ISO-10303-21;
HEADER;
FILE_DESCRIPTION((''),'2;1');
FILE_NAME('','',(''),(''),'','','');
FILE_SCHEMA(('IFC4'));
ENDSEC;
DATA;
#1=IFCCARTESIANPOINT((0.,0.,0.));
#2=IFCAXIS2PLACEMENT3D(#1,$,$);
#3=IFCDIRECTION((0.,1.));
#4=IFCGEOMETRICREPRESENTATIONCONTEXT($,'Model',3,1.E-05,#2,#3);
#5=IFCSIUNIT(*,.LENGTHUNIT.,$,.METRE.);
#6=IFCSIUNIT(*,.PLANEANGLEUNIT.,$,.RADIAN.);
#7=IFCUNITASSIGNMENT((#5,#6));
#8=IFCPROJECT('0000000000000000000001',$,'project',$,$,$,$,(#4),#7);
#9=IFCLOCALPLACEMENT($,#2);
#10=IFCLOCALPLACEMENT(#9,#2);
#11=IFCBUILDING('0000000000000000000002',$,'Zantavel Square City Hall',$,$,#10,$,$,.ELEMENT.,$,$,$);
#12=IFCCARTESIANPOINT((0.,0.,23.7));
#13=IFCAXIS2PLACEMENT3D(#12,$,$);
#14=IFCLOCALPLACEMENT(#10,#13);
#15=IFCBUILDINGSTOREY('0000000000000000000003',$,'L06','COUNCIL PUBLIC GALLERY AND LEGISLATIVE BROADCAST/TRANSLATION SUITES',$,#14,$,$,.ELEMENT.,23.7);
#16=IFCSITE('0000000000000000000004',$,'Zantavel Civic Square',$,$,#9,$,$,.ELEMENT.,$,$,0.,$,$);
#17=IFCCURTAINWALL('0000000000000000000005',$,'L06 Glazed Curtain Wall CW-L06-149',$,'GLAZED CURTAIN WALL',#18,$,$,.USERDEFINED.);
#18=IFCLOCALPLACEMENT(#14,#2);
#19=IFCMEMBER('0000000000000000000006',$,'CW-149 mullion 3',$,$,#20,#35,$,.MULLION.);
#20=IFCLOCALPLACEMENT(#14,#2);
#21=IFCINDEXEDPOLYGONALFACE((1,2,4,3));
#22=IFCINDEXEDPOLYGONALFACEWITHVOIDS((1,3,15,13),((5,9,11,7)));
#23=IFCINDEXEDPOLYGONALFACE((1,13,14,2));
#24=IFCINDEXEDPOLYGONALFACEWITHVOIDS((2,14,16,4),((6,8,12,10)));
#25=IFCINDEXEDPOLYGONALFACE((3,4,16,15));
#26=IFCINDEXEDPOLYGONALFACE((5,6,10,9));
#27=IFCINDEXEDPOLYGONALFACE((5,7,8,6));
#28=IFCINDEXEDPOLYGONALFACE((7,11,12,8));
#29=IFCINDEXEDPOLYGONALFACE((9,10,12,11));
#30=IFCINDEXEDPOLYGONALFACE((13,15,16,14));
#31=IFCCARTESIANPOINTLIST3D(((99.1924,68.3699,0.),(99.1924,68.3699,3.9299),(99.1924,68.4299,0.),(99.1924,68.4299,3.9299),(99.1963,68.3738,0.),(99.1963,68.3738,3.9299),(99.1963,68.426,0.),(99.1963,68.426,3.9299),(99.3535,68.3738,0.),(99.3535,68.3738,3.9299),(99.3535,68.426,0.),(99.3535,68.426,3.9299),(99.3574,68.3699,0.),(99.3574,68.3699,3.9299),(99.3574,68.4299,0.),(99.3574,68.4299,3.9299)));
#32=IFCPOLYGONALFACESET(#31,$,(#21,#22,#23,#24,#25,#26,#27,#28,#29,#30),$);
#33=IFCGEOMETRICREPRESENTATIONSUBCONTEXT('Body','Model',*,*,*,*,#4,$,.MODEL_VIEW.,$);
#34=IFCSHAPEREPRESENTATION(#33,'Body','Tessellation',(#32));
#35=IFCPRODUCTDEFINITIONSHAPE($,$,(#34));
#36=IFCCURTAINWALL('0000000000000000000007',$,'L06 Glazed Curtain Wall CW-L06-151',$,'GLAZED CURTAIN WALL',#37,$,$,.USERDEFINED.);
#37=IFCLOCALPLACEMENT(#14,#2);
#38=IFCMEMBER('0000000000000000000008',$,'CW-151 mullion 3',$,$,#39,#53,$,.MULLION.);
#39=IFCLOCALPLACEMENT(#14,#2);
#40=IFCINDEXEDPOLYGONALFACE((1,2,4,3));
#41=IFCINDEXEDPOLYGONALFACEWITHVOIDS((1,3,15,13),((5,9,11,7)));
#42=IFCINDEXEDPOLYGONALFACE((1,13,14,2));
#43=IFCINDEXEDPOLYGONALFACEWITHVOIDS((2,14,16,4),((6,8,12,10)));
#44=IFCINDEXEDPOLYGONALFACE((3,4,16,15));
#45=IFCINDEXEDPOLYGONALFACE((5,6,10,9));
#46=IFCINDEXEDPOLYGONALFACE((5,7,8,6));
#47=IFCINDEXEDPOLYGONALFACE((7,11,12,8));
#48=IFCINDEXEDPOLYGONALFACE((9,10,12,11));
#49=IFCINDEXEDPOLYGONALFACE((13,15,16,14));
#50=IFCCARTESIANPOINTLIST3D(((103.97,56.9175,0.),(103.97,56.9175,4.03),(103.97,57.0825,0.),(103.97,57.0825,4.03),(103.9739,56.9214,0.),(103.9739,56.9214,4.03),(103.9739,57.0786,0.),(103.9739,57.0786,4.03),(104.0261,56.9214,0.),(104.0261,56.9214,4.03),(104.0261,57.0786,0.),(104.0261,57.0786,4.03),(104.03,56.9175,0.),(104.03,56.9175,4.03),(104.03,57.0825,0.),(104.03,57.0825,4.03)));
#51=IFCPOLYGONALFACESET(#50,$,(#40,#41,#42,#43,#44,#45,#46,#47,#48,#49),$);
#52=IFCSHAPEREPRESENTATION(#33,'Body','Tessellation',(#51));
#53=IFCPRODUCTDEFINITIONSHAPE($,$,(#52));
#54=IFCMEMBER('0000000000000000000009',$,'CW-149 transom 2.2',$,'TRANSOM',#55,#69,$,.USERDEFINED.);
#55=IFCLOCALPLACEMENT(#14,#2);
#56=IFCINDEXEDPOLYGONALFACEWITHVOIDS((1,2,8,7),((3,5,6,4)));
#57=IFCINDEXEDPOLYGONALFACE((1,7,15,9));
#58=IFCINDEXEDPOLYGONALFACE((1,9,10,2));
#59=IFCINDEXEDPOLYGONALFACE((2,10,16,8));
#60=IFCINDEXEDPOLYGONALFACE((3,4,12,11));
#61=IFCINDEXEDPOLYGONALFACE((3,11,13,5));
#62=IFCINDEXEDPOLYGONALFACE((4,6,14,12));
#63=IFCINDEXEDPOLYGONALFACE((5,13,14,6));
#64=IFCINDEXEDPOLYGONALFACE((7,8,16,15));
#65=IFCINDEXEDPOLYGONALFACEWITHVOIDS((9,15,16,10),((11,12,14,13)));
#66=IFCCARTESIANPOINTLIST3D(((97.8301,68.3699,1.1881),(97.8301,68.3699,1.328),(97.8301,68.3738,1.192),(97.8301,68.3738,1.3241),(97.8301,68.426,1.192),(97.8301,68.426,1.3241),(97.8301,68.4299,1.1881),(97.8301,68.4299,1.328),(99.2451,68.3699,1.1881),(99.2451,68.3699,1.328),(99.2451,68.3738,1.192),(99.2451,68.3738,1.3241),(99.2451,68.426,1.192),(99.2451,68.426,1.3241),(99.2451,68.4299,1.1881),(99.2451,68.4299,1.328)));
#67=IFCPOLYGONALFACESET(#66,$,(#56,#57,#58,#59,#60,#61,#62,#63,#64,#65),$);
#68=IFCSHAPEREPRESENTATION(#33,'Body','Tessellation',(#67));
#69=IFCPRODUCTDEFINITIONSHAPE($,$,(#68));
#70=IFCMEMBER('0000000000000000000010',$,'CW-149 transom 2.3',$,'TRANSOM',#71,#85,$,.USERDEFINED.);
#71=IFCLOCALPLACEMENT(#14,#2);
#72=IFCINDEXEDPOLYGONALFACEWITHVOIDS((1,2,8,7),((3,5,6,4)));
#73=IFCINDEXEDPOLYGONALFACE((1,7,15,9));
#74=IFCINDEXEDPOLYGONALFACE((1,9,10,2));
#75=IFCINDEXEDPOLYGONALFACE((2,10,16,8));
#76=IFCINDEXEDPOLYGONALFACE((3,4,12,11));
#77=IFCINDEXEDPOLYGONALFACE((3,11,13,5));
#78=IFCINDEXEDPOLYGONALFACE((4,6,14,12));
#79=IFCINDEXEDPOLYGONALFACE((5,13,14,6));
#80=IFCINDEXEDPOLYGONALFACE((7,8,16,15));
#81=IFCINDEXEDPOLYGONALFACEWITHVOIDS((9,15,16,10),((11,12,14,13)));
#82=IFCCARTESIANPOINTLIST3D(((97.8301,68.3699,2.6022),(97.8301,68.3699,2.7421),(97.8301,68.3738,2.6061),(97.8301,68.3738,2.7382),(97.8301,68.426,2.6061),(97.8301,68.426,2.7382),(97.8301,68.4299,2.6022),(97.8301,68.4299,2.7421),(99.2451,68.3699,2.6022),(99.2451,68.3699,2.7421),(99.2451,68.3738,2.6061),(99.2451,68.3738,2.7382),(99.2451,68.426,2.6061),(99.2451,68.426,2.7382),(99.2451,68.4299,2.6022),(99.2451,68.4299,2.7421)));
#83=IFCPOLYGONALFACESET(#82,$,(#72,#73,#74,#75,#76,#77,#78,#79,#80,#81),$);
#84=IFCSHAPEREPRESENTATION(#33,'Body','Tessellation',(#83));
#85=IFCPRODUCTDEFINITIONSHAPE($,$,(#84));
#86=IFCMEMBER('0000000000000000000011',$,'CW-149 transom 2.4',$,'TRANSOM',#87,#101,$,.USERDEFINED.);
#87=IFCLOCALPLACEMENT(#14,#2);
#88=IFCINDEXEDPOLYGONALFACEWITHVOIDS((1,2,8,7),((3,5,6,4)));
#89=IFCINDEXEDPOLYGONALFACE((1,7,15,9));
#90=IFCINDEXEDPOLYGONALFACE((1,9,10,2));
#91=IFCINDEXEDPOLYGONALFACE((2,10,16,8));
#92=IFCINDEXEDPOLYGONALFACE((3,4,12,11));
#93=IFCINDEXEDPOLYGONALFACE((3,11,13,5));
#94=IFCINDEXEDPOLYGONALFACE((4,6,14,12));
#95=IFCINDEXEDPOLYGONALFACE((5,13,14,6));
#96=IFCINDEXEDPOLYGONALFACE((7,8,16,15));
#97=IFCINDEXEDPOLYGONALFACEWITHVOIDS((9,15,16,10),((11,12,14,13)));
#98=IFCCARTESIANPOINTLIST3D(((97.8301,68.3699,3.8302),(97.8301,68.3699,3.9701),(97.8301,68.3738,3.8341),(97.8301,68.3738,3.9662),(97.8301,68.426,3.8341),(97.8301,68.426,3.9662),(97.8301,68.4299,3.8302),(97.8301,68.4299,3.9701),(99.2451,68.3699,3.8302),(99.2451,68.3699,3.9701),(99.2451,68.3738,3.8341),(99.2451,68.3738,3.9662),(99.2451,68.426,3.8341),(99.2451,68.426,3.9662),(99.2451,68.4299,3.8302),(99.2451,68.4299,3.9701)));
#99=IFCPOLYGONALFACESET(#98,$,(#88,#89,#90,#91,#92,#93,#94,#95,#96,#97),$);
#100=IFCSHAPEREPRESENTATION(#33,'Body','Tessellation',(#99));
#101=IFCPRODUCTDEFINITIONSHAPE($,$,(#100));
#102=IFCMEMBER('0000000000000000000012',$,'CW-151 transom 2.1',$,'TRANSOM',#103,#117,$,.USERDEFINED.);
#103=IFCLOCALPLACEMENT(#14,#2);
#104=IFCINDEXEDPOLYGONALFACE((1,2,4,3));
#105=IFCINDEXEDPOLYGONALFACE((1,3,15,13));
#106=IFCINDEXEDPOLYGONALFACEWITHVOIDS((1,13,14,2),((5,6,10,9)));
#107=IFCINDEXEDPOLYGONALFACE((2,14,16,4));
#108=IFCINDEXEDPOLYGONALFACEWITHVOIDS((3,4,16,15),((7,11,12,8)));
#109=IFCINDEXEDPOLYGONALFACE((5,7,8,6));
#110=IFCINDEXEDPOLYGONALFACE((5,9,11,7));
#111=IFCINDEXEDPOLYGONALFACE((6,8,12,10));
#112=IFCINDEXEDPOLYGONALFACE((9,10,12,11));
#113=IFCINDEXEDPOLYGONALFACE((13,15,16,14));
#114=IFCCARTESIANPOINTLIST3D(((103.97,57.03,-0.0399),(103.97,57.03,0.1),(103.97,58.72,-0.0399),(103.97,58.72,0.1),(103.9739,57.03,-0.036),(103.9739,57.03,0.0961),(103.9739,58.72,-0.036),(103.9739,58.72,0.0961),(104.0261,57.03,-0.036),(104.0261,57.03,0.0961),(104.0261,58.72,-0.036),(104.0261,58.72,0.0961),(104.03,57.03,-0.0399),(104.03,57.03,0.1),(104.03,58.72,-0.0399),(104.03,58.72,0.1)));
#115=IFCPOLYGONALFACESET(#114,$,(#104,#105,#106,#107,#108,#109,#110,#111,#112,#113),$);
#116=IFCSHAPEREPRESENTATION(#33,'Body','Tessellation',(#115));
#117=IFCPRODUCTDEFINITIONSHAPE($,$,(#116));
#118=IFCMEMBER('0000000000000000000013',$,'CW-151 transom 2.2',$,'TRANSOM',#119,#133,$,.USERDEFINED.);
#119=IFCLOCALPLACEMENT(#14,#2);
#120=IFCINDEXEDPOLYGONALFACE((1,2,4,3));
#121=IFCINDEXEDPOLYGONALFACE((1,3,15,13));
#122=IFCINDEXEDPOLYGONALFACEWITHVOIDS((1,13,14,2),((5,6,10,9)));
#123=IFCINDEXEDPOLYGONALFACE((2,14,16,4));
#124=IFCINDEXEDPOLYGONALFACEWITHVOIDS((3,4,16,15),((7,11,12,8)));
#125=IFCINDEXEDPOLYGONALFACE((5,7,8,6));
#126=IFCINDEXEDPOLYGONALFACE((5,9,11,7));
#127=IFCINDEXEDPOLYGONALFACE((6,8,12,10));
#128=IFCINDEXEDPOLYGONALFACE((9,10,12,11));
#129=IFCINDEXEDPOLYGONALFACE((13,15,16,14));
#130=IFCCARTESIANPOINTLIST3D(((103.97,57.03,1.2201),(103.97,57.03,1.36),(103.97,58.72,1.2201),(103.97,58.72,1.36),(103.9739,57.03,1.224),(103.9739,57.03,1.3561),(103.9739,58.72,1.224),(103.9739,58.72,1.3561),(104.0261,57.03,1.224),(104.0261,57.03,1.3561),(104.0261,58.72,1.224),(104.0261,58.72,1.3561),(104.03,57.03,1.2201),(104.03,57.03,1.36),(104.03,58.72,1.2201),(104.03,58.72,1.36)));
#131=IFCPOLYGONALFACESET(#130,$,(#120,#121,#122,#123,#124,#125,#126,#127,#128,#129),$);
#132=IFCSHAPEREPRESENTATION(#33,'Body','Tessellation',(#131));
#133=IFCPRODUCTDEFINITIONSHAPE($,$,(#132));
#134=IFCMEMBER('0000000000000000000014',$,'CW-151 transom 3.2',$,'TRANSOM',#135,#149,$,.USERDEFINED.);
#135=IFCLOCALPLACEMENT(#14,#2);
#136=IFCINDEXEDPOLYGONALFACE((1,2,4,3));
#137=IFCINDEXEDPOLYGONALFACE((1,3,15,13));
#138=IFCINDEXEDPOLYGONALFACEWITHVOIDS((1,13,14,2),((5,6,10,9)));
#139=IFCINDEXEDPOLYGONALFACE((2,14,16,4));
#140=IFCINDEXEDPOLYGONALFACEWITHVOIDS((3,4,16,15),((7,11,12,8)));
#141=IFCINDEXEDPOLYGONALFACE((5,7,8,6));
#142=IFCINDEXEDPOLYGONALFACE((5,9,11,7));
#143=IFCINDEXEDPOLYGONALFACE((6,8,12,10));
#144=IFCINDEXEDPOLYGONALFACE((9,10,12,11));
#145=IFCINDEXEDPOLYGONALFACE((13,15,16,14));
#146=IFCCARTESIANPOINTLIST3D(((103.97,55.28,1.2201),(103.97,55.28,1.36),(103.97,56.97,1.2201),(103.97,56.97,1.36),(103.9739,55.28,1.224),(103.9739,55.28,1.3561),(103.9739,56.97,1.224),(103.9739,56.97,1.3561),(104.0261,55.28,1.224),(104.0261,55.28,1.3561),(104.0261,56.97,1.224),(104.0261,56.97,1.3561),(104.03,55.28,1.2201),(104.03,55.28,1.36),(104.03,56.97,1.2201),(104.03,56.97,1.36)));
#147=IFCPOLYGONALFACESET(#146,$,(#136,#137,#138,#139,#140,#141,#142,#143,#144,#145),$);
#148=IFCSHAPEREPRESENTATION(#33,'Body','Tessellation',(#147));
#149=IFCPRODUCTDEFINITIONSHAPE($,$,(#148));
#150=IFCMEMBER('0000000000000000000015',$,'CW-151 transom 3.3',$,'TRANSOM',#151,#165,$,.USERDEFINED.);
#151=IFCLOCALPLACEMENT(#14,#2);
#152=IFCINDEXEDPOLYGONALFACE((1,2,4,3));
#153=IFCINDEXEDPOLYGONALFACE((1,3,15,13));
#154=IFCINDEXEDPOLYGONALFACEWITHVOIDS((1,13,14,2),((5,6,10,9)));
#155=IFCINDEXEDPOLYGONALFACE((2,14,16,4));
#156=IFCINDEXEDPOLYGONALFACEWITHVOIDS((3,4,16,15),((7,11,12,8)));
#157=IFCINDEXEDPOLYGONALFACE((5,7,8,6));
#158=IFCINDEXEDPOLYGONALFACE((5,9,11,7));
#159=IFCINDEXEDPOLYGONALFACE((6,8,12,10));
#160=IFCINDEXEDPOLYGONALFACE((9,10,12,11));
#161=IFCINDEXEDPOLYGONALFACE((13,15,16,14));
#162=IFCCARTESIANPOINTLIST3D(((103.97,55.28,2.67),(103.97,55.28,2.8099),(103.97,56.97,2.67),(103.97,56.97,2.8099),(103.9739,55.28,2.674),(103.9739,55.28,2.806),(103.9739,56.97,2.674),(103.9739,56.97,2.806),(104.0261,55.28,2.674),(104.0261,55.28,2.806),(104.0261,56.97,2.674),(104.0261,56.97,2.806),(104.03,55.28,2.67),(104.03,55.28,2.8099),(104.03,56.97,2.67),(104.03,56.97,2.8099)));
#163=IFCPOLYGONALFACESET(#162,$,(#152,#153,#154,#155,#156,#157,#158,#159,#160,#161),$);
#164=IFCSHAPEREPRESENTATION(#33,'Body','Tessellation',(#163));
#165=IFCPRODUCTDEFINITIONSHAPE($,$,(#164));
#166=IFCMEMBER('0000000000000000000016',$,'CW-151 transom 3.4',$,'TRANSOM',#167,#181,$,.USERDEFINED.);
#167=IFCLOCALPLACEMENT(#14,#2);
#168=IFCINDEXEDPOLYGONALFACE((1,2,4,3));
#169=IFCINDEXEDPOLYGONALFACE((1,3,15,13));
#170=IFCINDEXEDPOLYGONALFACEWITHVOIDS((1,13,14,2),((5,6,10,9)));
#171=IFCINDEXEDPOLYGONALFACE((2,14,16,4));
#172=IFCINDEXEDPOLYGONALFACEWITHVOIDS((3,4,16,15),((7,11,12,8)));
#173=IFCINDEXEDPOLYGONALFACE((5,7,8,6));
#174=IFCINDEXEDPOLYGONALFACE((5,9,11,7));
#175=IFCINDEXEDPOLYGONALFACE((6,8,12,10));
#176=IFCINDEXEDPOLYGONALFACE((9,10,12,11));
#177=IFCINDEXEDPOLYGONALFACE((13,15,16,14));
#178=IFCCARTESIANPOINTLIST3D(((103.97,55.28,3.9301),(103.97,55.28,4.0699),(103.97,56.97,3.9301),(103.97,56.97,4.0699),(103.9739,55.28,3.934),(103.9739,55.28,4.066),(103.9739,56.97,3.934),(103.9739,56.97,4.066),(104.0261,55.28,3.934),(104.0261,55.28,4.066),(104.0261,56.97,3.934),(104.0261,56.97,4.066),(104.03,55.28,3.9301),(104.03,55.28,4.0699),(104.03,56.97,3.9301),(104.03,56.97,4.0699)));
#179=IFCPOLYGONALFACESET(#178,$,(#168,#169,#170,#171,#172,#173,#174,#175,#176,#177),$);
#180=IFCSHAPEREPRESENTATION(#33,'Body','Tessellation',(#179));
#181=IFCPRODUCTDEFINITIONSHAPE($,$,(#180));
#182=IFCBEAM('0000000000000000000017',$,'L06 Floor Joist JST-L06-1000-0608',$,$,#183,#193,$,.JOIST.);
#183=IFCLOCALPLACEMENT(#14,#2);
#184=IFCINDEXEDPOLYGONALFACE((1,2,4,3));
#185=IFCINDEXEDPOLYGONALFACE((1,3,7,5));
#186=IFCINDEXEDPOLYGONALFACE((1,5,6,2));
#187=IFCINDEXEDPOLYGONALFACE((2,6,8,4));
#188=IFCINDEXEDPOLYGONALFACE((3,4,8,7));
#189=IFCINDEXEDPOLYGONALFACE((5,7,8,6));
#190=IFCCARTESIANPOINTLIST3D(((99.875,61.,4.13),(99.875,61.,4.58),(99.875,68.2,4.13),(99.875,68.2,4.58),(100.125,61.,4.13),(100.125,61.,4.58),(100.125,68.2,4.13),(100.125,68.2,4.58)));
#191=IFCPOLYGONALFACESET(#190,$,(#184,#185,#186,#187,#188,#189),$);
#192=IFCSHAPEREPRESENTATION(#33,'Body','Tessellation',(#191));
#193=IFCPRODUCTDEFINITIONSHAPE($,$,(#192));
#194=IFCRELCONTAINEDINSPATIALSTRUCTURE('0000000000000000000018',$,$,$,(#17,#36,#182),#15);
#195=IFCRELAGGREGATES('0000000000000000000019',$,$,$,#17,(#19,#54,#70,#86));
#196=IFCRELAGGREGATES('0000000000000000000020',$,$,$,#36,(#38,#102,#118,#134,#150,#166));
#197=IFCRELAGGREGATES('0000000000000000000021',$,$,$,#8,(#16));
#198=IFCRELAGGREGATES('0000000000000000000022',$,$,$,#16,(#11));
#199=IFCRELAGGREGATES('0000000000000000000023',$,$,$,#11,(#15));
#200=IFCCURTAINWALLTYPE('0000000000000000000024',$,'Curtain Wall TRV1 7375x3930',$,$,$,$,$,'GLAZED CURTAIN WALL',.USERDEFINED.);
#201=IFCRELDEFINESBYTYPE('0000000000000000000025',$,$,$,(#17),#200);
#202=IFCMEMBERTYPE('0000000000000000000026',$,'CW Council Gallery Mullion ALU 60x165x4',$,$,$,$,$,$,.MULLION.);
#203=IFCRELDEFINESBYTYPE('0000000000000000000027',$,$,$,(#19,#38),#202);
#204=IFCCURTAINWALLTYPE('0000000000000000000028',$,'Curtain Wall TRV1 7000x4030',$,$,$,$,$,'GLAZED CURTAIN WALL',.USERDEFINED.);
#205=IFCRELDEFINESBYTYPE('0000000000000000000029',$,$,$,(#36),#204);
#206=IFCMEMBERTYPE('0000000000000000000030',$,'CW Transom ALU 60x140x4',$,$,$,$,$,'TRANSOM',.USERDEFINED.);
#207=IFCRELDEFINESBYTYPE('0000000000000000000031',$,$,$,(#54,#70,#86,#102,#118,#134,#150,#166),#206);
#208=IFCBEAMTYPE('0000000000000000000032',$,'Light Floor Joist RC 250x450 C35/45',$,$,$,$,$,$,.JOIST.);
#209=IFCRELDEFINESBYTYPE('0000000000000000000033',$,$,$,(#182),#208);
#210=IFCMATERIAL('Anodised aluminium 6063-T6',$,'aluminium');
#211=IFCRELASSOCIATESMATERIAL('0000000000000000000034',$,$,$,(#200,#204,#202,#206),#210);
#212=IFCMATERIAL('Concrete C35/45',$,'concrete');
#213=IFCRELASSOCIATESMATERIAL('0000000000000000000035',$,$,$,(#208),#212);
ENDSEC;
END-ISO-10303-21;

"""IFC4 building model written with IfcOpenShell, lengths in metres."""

from ifc_helpers import new_model, si_unit, direction, frame, origin, origin_2d, place, context, subcontext, project, spatial, rectangle, hollow_rectangle, extrude, material, material_profile, profile_set, type_object, element, aggregate, save


model = new_model("IFC4")

# Units and contexts
model_context = context("Model", 3, precision=1e-05, world=origin(), true_north=direction((0.0, 1.0)))
body_context = subcontext(model_context, "Body", "Model", "MODEL_VIEW")
ifc_project = project(units=[si_unit("LENGTHUNIT", "METRE"), si_unit("PLANEANGLEUNIT", "RADIAN")], contexts=[model_context])

# Site, building, storey
site_placement = place(None, origin())
site = spatial("IfcSite", under=ifc_project, at=site_placement, Name="Zantavel Civic Square", CompositionType="ELEMENT", RefElevation=0.0)
building_placement = place(site_placement, origin())
building = spatial("IfcBuilding", under=site, at=building_placement, Name="Zantavel Square City Hall", CompositionType="ELEMENT")
storey_placement = place(building_placement, frame((0.0, 0.0, 23.7)))
storey = spatial("IfcBuildingStorey", under=building, at=storey_placement, Name="L06", Description="COUNCIL PUBLIC GALLERY AND LEGISLATIVE BROADCAST/TRANSLATION SUITES", CompositionType="ELEMENT", Elevation=23.7)

# Curtain walls, members
ifc_material_1 = material(Name="Anodised aluminium 6063-T6", Category="aluminium")
curtain_wall_type_1 = type_object("IfcCurtainWallType", Name="Curtain Wall TRV1 7375x3930", ElementType="GLAZED CURTAIN WALL", PredefinedType="USERDEFINED", material=ifc_material_1)
curtain_wall_1_placement = place(storey_placement, origin())
curtain_wall_1 = element("IfcCurtainWall", 1, at=curtain_wall_1_placement, inside=storey, type_object=curtain_wall_type_1, Name="L06 Glazed Curtain Wall CW-L06-149", ObjectType="GLAZED CURTAIN WALL", PredefinedType="USERDEFINED")
ifc_material_profile_1 = material_profile(ifc_material_1, hollow_rectangle(XDim=0.0601, YDim=0.165, WallThickness=0.0039, at=origin_2d()), Name="ALU 60x165x4")
ifc_profile_set_1 = profile_set([ifc_material_profile_1], Name="Anodised aluminium 6063-T6")
member_type_1 = type_object("IfcMemberType", Name="CW Council Gallery Mullion ALU 60x165x4", PredefinedType="MULLION", material=ifc_profile_set_1)
member_1_placement = place(storey_placement, frame((99.2749, 68.3999, 0.0), z_axis=(0.0, 0.0, 1.0), x_axis=(0.0, 1.0, 0.0)))
member_1 = element("IfcMember", 2, at=member_1_placement, type_object=member_type_1, Name="CW-149 mullion 3", PredefinedType="MULLION", context=body_context, shape_type="SweptSolid", body=[
    extrude(hollow_rectangle(XDim=0.0601, YDim=0.165, WallThickness=0.0039, at=origin_2d()), origin(), (0.0, 0.0, 1.0), 3.9299),
])
curtain_wall_type_2 = type_object("IfcCurtainWallType", Name="Curtain Wall TRV1 7000x4030", ElementType="GLAZED CURTAIN WALL", PredefinedType="USERDEFINED", material=ifc_material_1)
curtain_wall_2_placement = place(storey_placement, origin())
curtain_wall_2 = element("IfcCurtainWall", 3, at=curtain_wall_2_placement, inside=storey, type_object=curtain_wall_type_2, Name="L06 Glazed Curtain Wall CW-L06-151", ObjectType="GLAZED CURTAIN WALL", PredefinedType="USERDEFINED")
member_2_placement = place(storey_placement, frame((104.0, 57.0, 0.0), z_axis=(0.0, 0.0, 1.0), x_axis=(1.0, 0.0, 0.0)))
member_2 = element("IfcMember", 4, at=member_2_placement, type_object=member_type_1, Name="CW-151 mullion 3", PredefinedType="MULLION", context=body_context, shape_type="SweptSolid", body=[
    extrude(hollow_rectangle(XDim=0.0601, YDim=0.165, WallThickness=0.0039, at=origin_2d()), origin(), (0.0, 0.0, 1.0), 4.03),
])

# Members
ifc_material_profile_2 = material_profile(ifc_material_1, hollow_rectangle(XDim=0.0601, YDim=0.1399, WallThickness=0.0039, at=origin_2d()), Name="ALU 60x140x4")
ifc_profile_set_2 = profile_set([ifc_material_profile_2], Name="Anodised aluminium 6063-T6")
member_type_2 = type_object("IfcMemberType", Name="CW Transom ALU 60x140x4", ElementType="TRANSOM", PredefinedType="USERDEFINED", material=ifc_profile_set_2)
member_3_placement = place(storey_placement, frame((97.8301, 68.3999, 1.2581), z_axis=(1.0, 0.0, 0.0), x_axis=(0.0, 1.0, 0.0)))
member_3 = element("IfcMember", 5, at=member_3_placement, type_object=member_type_2, Name="CW-149 transom 2.2", ObjectType="TRANSOM", PredefinedType="USERDEFINED", context=body_context, shape_type="SweptSolid", body=[
    extrude(hollow_rectangle(XDim=0.0601, YDim=0.1399, WallThickness=0.0039, at=origin_2d()), origin(), (0.0, 0.0, 1.0), 1.415),
])
member_4_placement = place(storey_placement, frame((97.8301, 68.3999, 2.6721), z_axis=(1.0, 0.0, 0.0), x_axis=(0.0, 1.0, 0.0)))
member_4 = element("IfcMember", 6, at=member_4_placement, type_object=member_type_2, Name="CW-149 transom 2.3", ObjectType="TRANSOM", PredefinedType="USERDEFINED", context=body_context, shape_type="SweptSolid", body=[
    extrude(hollow_rectangle(XDim=0.0601, YDim=0.1399, WallThickness=0.0039, at=origin_2d()), origin(), (0.0, 0.0, 1.0), 1.415),
])
member_5_placement = place(storey_placement, frame((97.8301, 68.3999, 3.9001), z_axis=(1.0, 0.0, 0.0), x_axis=(0.0, 1.0, 0.0)))
member_5 = element("IfcMember", 7, at=member_5_placement, type_object=member_type_2, Name="CW-149 transom 2.4", ObjectType="TRANSOM", PredefinedType="USERDEFINED", context=body_context, shape_type="SweptSolid", body=[
    extrude(hollow_rectangle(XDim=0.0601, YDim=0.1399, WallThickness=0.0039, at=origin_2d()), origin(), (0.0, 0.0, 1.0), 1.415),
])
member_6_placement = place(storey_placement, frame((104.0, 58.72, 0.03), z_axis=(0.0, -1.0, 0.0), x_axis=(1.0, 0.0, 0.0)))
member_6 = element("IfcMember", 8, at=member_6_placement, type_object=member_type_2, Name="CW-151 transom 2.1", ObjectType="TRANSOM", PredefinedType="USERDEFINED", context=body_context, shape_type="SweptSolid", body=[
    extrude(hollow_rectangle(XDim=0.0601, YDim=0.1399, WallThickness=0.0039, at=origin_2d()), origin(), (0.0, 0.0, 1.0), 1.6899),
])
member_7_placement = place(storey_placement, frame((104.0, 58.72, 1.29), z_axis=(0.0, -1.0, 0.0), x_axis=(1.0, 0.0, 0.0)))
member_7 = element("IfcMember", 9, at=member_7_placement, type_object=member_type_2, Name="CW-151 transom 2.2", ObjectType="TRANSOM", PredefinedType="USERDEFINED", context=body_context, shape_type="SweptSolid", body=[
    extrude(hollow_rectangle(XDim=0.0601, YDim=0.1399, WallThickness=0.0039, at=origin_2d()), origin(), (0.0, 0.0, 1.0), 1.6899),
])
member_8_placement = place(storey_placement, frame((104.0, 56.97, 1.29), z_axis=(0.0, -1.0, 0.0), x_axis=(1.0, 0.0, 0.0)))
member_8 = element("IfcMember", 10, at=member_8_placement, type_object=member_type_2, Name="CW-151 transom 3.2", ObjectType="TRANSOM", PredefinedType="USERDEFINED", context=body_context, shape_type="SweptSolid", body=[
    extrude(hollow_rectangle(XDim=0.0601, YDim=0.1399, WallThickness=0.0039, at=origin_2d()), origin(), (0.0, 0.0, 1.0), 1.6899),
])
member_9_placement = place(storey_placement, frame((104.0, 56.97, 2.74), z_axis=(0.0, -1.0, 0.0), x_axis=(1.0, 0.0, 0.0)))
member_9 = element("IfcMember", 11, at=member_9_placement, type_object=member_type_2, Name="CW-151 transom 3.3", ObjectType="TRANSOM", PredefinedType="USERDEFINED", context=body_context, shape_type="SweptSolid", body=[
    extrude(hollow_rectangle(XDim=0.0601, YDim=0.1399, WallThickness=0.0039, at=origin_2d()), origin(), (0.0, 0.0, 1.0), 1.6899),
])
member_10_placement = place(storey_placement, frame((104.0, 56.97, 4.0), z_axis=(0.0, -1.0, 0.0), x_axis=(1.0, 0.0, 0.0)))
member_10 = element("IfcMember", 12, at=member_10_placement, type_object=member_type_2, Name="CW-151 transom 3.4", ObjectType="TRANSOM", PredefinedType="USERDEFINED", context=body_context, shape_type="SweptSolid", body=[
    extrude(hollow_rectangle(XDim=0.0601, YDim=0.1399, WallThickness=0.0039, at=origin_2d()), origin(), (0.0, 0.0, 1.0), 1.6899),
])

# Beam
ifc_material_2 = material(Name="Concrete C35/45", Category="concrete")
ifc_material_profile_3 = material_profile(ifc_material_2, rectangle(XDim=0.25, YDim=0.45, at=origin_2d()), Name="RC 250x450")
ifc_profile_set_3 = profile_set([ifc_material_profile_3], Name="Concrete C35/45")
beam_type = type_object("IfcBeamType", Name="Light Floor Joist RC 250x450 C35/45", PredefinedType="JOIST", material=ifc_profile_set_3)
beam_placement = place(storey_placement, frame((100.0, 61.0, 4.355), z_axis=(0.0, 1.0, 0.0), x_axis=(-1.0, 0.0, 0.0)))
element("IfcBeam", 13, at=beam_placement, inside=storey, type_object=beam_type, Name="L06 Floor Joist JST-L06-1000-0608", PredefinedType="JOIST", context=body_context, shape_type="SweptSolid", body=[
    extrude(rectangle(XDim=0.25, YDim=0.45, at=origin_2d()), origin(), (0.0, 0.0, 1.0), 7.2),
])

aggregate(curtain_wall_1, [member_1, member_3, member_4, member_5])
aggregate(curtain_wall_2, [member_2, member_6, member_7, member_8, member_9, member_10])

save(model, "model.ifc")
